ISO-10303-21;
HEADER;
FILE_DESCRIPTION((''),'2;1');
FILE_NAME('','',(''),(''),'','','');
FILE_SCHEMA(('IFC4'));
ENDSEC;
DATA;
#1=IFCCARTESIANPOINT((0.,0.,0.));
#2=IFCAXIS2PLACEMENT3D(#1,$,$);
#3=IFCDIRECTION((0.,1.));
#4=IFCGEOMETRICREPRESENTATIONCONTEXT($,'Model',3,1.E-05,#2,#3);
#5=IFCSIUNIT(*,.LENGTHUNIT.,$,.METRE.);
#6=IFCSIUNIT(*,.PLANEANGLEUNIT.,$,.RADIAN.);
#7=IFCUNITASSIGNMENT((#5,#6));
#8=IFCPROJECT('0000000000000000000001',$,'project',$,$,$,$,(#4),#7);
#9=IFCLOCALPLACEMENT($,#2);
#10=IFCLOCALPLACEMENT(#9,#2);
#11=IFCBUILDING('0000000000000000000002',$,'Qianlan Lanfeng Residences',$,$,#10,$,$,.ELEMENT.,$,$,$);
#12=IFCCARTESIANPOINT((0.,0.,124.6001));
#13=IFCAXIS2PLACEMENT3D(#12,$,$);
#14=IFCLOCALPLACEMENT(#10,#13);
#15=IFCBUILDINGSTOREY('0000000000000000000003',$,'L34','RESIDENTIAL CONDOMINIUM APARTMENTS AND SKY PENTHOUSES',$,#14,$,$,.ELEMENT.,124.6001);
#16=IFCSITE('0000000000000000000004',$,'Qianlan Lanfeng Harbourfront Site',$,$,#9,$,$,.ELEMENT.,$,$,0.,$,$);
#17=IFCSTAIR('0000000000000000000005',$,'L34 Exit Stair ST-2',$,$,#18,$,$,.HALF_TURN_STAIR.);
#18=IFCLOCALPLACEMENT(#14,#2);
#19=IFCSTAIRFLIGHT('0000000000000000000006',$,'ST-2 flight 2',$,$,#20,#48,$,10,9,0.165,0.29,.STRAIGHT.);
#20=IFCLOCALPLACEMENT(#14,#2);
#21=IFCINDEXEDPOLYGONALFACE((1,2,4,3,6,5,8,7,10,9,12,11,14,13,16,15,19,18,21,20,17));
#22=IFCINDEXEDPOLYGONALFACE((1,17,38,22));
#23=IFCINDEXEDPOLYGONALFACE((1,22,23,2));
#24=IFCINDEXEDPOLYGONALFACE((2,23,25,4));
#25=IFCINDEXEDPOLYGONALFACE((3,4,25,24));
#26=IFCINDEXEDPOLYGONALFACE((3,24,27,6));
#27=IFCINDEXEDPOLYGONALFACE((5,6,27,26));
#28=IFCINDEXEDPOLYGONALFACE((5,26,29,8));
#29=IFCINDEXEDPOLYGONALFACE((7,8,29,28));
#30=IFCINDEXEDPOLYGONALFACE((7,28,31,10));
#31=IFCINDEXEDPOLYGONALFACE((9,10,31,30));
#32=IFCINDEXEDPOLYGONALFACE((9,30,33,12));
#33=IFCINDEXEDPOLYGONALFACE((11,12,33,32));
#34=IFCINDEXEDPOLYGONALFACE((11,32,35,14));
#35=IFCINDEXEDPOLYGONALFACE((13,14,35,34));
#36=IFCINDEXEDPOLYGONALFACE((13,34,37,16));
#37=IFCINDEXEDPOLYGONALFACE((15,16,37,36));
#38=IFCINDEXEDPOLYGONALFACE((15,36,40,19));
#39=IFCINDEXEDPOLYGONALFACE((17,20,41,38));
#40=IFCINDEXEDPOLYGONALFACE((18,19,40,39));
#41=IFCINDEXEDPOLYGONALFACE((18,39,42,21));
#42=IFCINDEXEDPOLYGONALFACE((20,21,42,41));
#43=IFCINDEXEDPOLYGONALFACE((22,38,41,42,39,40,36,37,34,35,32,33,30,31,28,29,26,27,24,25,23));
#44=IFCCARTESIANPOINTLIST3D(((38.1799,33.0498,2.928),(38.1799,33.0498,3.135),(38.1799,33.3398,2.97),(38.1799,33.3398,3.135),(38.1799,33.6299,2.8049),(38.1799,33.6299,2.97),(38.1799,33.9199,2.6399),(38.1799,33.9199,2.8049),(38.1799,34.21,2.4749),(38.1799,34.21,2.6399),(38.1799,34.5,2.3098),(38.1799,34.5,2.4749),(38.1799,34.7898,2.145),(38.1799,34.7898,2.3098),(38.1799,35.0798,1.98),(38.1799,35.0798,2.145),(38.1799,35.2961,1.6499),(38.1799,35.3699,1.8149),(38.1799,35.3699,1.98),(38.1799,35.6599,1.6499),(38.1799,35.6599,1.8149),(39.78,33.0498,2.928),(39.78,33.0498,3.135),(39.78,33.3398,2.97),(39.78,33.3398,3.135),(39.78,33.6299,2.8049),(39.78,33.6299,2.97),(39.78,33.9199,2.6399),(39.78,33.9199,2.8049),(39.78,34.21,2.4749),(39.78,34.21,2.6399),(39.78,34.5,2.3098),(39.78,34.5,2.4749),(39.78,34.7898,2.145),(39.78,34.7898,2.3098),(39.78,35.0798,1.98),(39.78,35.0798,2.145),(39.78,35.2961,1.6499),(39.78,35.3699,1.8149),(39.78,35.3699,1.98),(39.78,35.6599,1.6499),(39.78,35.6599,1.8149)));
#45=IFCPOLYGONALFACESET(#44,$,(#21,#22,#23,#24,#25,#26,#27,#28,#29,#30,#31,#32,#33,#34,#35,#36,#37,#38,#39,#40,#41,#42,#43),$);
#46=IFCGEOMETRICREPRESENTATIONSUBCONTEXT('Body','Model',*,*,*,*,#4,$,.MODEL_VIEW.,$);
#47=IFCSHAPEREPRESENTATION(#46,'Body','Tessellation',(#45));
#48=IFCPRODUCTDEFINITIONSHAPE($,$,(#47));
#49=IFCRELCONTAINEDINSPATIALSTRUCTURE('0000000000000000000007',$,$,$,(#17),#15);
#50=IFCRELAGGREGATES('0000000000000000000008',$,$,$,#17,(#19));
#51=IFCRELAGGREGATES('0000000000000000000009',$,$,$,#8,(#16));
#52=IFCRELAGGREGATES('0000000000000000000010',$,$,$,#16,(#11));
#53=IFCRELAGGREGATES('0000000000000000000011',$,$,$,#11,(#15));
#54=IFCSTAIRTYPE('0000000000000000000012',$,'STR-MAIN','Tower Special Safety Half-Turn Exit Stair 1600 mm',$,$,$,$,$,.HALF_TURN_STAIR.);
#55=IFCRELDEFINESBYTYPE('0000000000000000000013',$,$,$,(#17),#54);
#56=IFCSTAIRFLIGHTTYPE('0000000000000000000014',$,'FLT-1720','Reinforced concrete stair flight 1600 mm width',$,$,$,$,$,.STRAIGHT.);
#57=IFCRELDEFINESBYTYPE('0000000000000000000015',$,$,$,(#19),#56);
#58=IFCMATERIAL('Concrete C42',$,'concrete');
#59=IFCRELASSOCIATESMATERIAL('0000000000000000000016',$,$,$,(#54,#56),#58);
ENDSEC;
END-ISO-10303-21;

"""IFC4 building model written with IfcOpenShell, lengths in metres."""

from ifc_helpers import new_model, si_unit, direction, frame, origin, place, context, subcontext, project, spatial, polyline, outline, extrude, material, type_object, element, aggregate, save


model = new_model("IFC4")

# Units and contexts
model_context = context("Model", 3, precision=1e-05, world=origin(), true_north=direction((0.0, 1.0)))
body_context = subcontext(model_context, "Body", "Model", "MODEL_VIEW")
ifc_project = project(units=[si_unit("LENGTHUNIT", "METRE"), si_unit("PLANEANGLEUNIT", "RADIAN")], contexts=[model_context])

# Site, building, storey
site_placement = place(None, origin())
site = spatial("IfcSite", under=ifc_project, at=site_placement, Name="Qianlan Lanfeng Harbourfront Site", CompositionType="ELEMENT", RefElevation=0.0)
building_placement = place(site_placement, origin())
building = spatial("IfcBuilding", under=site, at=building_placement, Name="Qianlan Lanfeng Residences", CompositionType="ELEMENT")
storey_placement = place(building_placement, frame((0.0, 0.0, 124.6001)))
storey = spatial("IfcBuildingStorey", under=building, at=storey_placement, Name="L34", Description="RESIDENTIAL CONDOMINIUM APARTMENTS AND SKY PENTHOUSES", CompositionType="ELEMENT", Elevation=124.6001)

# Shared definitions
ifc_material_1 = material(Name="Concrete C42", Category="concrete")

# Stair, stair flight
stair_type = type_object("IfcStairType", Name="STR-MAIN", Description="Tower Special Safety Half-Turn Exit Stair 1600 mm", PredefinedType="HALF_TURN_STAIR", material=ifc_material_1)
stair_placement = place(storey_placement, origin())
stair = element("IfcStair", 1, at=stair_placement, inside=storey, type_object=stair_type, Name="L34 Exit Stair ST-2", PredefinedType="HALF_TURN_STAIR")
stair_flight_type = type_object("IfcStairFlightType", Name="FLT-1720", Description="Reinforced concrete stair flight 1600 mm width", PredefinedType="STRAIGHT", material=ifc_material_1)
stair_flight_1_placement = place(storey_placement, frame((38.98, 35.6599, 1.6499), z_axis=(0.0, 0.0, 1.0), x_axis=(0.0, -1.0, 0.0)))
stair_flight_1 = element("IfcStairFlight", 2, at=stair_flight_1_placement, type_object=stair_flight_type, Name="ST-2 flight 2", NumberOfRisers=10, NumberOfTreads=9, PredefinedType="STRAIGHT", RiserHeight=0.165, TreadLength=0.29, context=body_context, shape_type="SweptSolid", body=[
    extrude(outline(polyline([(0.0, 0.0), (0.0, 0.165), (0.29, 0.165), (0.29, 0.3301), (0.5801, 0.3301), (0.5801, 0.4951), (0.8701, 0.4951), (0.8701, 0.6599), (1.1599, 0.6599), (1.1599, 0.825), (1.45, 0.825), (1.45, 0.99), (1.74, 0.99), (1.74, 1.155), (2.03, 1.155), (2.03, 1.3201), (2.3201, 1.3201), (2.3201, 1.4851), (2.6101, 1.4851), (2.6101, 1.6499), (2.6101, 1.2781), (0.3638, 0.0), (0.0, 0.0)])), frame((0.0, 0.8, 0.0), z_axis=(0.0, -1.0, 0.0), x_axis=(1.0, 0.0, 0.0)), (0.0, 0.0, 1.0), 1.6001),
])
aggregate(stair, [stair_flight_1])

save(model, "model.ifc")
